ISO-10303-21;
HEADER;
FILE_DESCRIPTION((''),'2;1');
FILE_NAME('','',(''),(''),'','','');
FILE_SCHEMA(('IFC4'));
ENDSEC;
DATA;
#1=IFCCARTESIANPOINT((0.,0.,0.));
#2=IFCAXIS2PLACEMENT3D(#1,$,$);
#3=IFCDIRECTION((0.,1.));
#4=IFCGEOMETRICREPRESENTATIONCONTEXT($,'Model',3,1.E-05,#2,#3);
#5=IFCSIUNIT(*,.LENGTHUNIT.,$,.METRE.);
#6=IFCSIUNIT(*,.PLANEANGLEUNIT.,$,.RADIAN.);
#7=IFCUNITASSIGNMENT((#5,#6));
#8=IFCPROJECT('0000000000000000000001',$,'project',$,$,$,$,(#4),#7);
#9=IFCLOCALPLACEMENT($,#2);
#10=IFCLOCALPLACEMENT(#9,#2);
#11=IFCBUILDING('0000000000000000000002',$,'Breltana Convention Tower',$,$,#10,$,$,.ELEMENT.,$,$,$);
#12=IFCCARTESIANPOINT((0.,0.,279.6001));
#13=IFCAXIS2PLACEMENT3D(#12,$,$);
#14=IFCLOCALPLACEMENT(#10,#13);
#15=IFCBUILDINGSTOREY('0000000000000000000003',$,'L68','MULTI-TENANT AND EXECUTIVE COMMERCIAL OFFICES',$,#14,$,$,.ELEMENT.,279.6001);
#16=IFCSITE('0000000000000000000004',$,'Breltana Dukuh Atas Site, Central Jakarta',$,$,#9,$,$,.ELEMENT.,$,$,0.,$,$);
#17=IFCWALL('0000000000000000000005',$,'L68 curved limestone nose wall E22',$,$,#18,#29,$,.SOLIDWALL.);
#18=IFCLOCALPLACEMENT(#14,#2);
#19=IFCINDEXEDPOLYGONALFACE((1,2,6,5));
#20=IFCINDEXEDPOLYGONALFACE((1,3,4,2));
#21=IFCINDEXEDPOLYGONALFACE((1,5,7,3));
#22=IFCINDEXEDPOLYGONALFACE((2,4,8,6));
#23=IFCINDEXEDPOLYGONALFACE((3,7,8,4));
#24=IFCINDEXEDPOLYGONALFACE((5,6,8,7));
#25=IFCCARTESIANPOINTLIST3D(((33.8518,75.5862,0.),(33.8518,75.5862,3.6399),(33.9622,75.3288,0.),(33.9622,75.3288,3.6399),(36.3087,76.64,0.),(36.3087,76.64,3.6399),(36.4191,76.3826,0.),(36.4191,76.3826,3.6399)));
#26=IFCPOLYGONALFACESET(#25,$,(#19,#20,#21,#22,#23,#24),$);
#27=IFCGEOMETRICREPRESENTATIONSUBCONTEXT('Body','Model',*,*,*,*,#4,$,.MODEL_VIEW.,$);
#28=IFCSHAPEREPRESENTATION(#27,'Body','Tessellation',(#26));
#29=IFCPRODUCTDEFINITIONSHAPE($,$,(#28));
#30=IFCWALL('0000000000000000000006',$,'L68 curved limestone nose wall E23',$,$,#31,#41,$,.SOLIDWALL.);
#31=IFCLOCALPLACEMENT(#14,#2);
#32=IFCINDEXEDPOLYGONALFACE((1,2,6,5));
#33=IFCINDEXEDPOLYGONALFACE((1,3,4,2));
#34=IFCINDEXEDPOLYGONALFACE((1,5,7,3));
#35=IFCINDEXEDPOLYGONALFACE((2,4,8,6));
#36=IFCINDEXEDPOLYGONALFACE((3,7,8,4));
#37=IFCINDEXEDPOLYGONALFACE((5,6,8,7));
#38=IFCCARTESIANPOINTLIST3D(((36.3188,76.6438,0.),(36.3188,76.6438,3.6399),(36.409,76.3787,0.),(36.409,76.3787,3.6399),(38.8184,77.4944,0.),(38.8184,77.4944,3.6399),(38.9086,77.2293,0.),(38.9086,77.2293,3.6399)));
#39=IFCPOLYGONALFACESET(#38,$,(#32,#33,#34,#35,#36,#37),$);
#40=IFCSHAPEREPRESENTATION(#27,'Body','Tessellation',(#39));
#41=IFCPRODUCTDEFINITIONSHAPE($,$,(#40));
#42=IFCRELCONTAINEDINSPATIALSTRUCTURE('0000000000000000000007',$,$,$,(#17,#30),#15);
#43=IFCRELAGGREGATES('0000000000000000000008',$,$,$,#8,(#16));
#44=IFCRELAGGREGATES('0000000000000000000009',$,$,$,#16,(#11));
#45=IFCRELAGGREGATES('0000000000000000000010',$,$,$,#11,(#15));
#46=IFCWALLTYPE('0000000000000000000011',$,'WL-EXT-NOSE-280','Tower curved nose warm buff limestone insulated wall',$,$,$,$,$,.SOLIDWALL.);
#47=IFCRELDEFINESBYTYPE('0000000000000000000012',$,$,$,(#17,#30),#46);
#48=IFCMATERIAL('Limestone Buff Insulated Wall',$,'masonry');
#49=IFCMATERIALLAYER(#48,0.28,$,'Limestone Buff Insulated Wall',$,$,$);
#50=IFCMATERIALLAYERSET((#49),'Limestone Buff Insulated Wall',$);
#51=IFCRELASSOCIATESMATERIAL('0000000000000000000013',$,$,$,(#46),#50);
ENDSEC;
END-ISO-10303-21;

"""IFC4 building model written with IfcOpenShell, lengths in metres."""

from ifc_helpers import new_model, si_unit, direction, frame, frame_2d, origin, place, context, subcontext, project, spatial, rectangle, extrude, source, transform, mapped, material, layer, layer_set, type_object, element, save


model = new_model("IFC4")

# Units and contexts
model_context = context("Model", 3, precision=1e-05, world=origin(), true_north=direction((0.0, 1.0)))
body_context = subcontext(model_context, "Body", "Model", "MODEL_VIEW")
ifc_project = project(units=[si_unit("LENGTHUNIT", "METRE"), si_unit("PLANEANGLEUNIT", "RADIAN")], contexts=[model_context])

# Site, building, storey
site_placement = place(None, origin())
site = spatial("IfcSite", under=ifc_project, at=site_placement, Name="Breltana Dukuh Atas Site, Central Jakarta", CompositionType="ELEMENT", RefElevation=0.0)
building_placement = place(site_placement, origin())
building = spatial("IfcBuilding", under=site, at=building_placement, Name="Breltana Convention Tower", CompositionType="ELEMENT")
storey_placement = place(building_placement, frame((0.0, 0.0, 279.6001)))
storey = spatial("IfcBuildingStorey", under=building, at=storey_placement, Name="L68", Description="MULTI-TENANT AND EXECUTIVE COMMERCIAL OFFICES", CompositionType="ELEMENT", Elevation=279.6001)

# Walls
ifc_material_1 = material(Name="Limestone Buff Insulated Wall", Category="masonry")
ifc_layer_1 = layer(ifc_material_1, 0.28, Name="Limestone Buff Insulated Wall")
ifc_layer_set_1 = layer_set([ifc_layer_1], Name="Limestone Buff Insulated Wall")
wall_type = type_object("IfcWallType", Name="WL-EXT-NOSE-280", Description="Tower curved nose warm buff limestone insulated wall", PredefinedType="SOLIDWALL", material=ifc_layer_set_1)
shared_shape_1 = source(origin(), body_context, "Body", "SweptSolid", [
    extrude(rectangle(XDim=2.6733, YDim=0.28, at=frame_2d((1.3367, 0.0))), origin(), (0.0, 0.0, 1.0), 3.6399),
])
wall_1_placement = place(storey_placement, frame((33.907, 75.4575, 0.0), z_axis=(0.0, 0.0, 1.0), x_axis=(0.919036, 0.394173, 0.0)))
element("IfcWall", 1, at=wall_1_placement, inside=storey, type_object=wall_type, Name="L68 curved limestone nose wall E22", PredefinedType="SOLIDWALL", context=body_context, shape_type="MappedRepresentation", body=[
    mapped(shared_shape_1, transform((0.0, 0.0, 0.0), scale=1.0)),
])
shared_shape_2 = source(origin(), body_context, "Body", "SweptSolid", [
    extrude(rectangle(XDim=2.6404, YDim=0.28, at=frame_2d((1.3203, 0.0))), origin(), (0.0, 0.0, 1.0), 3.6399),
])
wall_2_placement = place(storey_placement, frame((36.3638, 76.5112, 0.0), z_axis=(0.0, 0.0, 1.0), x_axis=(0.946686, 0.322158, 0.0)))
element("IfcWall", 2, at=wall_2_placement, inside=storey, type_object=wall_type, Name="L68 curved limestone nose wall E23", PredefinedType="SOLIDWALL", context=body_context, shape_type="MappedRepresentation", body=[
    mapped(shared_shape_2, transform((0.0, 0.0, 0.0), scale=1.0)),
])

save(model, "model.ifc")
